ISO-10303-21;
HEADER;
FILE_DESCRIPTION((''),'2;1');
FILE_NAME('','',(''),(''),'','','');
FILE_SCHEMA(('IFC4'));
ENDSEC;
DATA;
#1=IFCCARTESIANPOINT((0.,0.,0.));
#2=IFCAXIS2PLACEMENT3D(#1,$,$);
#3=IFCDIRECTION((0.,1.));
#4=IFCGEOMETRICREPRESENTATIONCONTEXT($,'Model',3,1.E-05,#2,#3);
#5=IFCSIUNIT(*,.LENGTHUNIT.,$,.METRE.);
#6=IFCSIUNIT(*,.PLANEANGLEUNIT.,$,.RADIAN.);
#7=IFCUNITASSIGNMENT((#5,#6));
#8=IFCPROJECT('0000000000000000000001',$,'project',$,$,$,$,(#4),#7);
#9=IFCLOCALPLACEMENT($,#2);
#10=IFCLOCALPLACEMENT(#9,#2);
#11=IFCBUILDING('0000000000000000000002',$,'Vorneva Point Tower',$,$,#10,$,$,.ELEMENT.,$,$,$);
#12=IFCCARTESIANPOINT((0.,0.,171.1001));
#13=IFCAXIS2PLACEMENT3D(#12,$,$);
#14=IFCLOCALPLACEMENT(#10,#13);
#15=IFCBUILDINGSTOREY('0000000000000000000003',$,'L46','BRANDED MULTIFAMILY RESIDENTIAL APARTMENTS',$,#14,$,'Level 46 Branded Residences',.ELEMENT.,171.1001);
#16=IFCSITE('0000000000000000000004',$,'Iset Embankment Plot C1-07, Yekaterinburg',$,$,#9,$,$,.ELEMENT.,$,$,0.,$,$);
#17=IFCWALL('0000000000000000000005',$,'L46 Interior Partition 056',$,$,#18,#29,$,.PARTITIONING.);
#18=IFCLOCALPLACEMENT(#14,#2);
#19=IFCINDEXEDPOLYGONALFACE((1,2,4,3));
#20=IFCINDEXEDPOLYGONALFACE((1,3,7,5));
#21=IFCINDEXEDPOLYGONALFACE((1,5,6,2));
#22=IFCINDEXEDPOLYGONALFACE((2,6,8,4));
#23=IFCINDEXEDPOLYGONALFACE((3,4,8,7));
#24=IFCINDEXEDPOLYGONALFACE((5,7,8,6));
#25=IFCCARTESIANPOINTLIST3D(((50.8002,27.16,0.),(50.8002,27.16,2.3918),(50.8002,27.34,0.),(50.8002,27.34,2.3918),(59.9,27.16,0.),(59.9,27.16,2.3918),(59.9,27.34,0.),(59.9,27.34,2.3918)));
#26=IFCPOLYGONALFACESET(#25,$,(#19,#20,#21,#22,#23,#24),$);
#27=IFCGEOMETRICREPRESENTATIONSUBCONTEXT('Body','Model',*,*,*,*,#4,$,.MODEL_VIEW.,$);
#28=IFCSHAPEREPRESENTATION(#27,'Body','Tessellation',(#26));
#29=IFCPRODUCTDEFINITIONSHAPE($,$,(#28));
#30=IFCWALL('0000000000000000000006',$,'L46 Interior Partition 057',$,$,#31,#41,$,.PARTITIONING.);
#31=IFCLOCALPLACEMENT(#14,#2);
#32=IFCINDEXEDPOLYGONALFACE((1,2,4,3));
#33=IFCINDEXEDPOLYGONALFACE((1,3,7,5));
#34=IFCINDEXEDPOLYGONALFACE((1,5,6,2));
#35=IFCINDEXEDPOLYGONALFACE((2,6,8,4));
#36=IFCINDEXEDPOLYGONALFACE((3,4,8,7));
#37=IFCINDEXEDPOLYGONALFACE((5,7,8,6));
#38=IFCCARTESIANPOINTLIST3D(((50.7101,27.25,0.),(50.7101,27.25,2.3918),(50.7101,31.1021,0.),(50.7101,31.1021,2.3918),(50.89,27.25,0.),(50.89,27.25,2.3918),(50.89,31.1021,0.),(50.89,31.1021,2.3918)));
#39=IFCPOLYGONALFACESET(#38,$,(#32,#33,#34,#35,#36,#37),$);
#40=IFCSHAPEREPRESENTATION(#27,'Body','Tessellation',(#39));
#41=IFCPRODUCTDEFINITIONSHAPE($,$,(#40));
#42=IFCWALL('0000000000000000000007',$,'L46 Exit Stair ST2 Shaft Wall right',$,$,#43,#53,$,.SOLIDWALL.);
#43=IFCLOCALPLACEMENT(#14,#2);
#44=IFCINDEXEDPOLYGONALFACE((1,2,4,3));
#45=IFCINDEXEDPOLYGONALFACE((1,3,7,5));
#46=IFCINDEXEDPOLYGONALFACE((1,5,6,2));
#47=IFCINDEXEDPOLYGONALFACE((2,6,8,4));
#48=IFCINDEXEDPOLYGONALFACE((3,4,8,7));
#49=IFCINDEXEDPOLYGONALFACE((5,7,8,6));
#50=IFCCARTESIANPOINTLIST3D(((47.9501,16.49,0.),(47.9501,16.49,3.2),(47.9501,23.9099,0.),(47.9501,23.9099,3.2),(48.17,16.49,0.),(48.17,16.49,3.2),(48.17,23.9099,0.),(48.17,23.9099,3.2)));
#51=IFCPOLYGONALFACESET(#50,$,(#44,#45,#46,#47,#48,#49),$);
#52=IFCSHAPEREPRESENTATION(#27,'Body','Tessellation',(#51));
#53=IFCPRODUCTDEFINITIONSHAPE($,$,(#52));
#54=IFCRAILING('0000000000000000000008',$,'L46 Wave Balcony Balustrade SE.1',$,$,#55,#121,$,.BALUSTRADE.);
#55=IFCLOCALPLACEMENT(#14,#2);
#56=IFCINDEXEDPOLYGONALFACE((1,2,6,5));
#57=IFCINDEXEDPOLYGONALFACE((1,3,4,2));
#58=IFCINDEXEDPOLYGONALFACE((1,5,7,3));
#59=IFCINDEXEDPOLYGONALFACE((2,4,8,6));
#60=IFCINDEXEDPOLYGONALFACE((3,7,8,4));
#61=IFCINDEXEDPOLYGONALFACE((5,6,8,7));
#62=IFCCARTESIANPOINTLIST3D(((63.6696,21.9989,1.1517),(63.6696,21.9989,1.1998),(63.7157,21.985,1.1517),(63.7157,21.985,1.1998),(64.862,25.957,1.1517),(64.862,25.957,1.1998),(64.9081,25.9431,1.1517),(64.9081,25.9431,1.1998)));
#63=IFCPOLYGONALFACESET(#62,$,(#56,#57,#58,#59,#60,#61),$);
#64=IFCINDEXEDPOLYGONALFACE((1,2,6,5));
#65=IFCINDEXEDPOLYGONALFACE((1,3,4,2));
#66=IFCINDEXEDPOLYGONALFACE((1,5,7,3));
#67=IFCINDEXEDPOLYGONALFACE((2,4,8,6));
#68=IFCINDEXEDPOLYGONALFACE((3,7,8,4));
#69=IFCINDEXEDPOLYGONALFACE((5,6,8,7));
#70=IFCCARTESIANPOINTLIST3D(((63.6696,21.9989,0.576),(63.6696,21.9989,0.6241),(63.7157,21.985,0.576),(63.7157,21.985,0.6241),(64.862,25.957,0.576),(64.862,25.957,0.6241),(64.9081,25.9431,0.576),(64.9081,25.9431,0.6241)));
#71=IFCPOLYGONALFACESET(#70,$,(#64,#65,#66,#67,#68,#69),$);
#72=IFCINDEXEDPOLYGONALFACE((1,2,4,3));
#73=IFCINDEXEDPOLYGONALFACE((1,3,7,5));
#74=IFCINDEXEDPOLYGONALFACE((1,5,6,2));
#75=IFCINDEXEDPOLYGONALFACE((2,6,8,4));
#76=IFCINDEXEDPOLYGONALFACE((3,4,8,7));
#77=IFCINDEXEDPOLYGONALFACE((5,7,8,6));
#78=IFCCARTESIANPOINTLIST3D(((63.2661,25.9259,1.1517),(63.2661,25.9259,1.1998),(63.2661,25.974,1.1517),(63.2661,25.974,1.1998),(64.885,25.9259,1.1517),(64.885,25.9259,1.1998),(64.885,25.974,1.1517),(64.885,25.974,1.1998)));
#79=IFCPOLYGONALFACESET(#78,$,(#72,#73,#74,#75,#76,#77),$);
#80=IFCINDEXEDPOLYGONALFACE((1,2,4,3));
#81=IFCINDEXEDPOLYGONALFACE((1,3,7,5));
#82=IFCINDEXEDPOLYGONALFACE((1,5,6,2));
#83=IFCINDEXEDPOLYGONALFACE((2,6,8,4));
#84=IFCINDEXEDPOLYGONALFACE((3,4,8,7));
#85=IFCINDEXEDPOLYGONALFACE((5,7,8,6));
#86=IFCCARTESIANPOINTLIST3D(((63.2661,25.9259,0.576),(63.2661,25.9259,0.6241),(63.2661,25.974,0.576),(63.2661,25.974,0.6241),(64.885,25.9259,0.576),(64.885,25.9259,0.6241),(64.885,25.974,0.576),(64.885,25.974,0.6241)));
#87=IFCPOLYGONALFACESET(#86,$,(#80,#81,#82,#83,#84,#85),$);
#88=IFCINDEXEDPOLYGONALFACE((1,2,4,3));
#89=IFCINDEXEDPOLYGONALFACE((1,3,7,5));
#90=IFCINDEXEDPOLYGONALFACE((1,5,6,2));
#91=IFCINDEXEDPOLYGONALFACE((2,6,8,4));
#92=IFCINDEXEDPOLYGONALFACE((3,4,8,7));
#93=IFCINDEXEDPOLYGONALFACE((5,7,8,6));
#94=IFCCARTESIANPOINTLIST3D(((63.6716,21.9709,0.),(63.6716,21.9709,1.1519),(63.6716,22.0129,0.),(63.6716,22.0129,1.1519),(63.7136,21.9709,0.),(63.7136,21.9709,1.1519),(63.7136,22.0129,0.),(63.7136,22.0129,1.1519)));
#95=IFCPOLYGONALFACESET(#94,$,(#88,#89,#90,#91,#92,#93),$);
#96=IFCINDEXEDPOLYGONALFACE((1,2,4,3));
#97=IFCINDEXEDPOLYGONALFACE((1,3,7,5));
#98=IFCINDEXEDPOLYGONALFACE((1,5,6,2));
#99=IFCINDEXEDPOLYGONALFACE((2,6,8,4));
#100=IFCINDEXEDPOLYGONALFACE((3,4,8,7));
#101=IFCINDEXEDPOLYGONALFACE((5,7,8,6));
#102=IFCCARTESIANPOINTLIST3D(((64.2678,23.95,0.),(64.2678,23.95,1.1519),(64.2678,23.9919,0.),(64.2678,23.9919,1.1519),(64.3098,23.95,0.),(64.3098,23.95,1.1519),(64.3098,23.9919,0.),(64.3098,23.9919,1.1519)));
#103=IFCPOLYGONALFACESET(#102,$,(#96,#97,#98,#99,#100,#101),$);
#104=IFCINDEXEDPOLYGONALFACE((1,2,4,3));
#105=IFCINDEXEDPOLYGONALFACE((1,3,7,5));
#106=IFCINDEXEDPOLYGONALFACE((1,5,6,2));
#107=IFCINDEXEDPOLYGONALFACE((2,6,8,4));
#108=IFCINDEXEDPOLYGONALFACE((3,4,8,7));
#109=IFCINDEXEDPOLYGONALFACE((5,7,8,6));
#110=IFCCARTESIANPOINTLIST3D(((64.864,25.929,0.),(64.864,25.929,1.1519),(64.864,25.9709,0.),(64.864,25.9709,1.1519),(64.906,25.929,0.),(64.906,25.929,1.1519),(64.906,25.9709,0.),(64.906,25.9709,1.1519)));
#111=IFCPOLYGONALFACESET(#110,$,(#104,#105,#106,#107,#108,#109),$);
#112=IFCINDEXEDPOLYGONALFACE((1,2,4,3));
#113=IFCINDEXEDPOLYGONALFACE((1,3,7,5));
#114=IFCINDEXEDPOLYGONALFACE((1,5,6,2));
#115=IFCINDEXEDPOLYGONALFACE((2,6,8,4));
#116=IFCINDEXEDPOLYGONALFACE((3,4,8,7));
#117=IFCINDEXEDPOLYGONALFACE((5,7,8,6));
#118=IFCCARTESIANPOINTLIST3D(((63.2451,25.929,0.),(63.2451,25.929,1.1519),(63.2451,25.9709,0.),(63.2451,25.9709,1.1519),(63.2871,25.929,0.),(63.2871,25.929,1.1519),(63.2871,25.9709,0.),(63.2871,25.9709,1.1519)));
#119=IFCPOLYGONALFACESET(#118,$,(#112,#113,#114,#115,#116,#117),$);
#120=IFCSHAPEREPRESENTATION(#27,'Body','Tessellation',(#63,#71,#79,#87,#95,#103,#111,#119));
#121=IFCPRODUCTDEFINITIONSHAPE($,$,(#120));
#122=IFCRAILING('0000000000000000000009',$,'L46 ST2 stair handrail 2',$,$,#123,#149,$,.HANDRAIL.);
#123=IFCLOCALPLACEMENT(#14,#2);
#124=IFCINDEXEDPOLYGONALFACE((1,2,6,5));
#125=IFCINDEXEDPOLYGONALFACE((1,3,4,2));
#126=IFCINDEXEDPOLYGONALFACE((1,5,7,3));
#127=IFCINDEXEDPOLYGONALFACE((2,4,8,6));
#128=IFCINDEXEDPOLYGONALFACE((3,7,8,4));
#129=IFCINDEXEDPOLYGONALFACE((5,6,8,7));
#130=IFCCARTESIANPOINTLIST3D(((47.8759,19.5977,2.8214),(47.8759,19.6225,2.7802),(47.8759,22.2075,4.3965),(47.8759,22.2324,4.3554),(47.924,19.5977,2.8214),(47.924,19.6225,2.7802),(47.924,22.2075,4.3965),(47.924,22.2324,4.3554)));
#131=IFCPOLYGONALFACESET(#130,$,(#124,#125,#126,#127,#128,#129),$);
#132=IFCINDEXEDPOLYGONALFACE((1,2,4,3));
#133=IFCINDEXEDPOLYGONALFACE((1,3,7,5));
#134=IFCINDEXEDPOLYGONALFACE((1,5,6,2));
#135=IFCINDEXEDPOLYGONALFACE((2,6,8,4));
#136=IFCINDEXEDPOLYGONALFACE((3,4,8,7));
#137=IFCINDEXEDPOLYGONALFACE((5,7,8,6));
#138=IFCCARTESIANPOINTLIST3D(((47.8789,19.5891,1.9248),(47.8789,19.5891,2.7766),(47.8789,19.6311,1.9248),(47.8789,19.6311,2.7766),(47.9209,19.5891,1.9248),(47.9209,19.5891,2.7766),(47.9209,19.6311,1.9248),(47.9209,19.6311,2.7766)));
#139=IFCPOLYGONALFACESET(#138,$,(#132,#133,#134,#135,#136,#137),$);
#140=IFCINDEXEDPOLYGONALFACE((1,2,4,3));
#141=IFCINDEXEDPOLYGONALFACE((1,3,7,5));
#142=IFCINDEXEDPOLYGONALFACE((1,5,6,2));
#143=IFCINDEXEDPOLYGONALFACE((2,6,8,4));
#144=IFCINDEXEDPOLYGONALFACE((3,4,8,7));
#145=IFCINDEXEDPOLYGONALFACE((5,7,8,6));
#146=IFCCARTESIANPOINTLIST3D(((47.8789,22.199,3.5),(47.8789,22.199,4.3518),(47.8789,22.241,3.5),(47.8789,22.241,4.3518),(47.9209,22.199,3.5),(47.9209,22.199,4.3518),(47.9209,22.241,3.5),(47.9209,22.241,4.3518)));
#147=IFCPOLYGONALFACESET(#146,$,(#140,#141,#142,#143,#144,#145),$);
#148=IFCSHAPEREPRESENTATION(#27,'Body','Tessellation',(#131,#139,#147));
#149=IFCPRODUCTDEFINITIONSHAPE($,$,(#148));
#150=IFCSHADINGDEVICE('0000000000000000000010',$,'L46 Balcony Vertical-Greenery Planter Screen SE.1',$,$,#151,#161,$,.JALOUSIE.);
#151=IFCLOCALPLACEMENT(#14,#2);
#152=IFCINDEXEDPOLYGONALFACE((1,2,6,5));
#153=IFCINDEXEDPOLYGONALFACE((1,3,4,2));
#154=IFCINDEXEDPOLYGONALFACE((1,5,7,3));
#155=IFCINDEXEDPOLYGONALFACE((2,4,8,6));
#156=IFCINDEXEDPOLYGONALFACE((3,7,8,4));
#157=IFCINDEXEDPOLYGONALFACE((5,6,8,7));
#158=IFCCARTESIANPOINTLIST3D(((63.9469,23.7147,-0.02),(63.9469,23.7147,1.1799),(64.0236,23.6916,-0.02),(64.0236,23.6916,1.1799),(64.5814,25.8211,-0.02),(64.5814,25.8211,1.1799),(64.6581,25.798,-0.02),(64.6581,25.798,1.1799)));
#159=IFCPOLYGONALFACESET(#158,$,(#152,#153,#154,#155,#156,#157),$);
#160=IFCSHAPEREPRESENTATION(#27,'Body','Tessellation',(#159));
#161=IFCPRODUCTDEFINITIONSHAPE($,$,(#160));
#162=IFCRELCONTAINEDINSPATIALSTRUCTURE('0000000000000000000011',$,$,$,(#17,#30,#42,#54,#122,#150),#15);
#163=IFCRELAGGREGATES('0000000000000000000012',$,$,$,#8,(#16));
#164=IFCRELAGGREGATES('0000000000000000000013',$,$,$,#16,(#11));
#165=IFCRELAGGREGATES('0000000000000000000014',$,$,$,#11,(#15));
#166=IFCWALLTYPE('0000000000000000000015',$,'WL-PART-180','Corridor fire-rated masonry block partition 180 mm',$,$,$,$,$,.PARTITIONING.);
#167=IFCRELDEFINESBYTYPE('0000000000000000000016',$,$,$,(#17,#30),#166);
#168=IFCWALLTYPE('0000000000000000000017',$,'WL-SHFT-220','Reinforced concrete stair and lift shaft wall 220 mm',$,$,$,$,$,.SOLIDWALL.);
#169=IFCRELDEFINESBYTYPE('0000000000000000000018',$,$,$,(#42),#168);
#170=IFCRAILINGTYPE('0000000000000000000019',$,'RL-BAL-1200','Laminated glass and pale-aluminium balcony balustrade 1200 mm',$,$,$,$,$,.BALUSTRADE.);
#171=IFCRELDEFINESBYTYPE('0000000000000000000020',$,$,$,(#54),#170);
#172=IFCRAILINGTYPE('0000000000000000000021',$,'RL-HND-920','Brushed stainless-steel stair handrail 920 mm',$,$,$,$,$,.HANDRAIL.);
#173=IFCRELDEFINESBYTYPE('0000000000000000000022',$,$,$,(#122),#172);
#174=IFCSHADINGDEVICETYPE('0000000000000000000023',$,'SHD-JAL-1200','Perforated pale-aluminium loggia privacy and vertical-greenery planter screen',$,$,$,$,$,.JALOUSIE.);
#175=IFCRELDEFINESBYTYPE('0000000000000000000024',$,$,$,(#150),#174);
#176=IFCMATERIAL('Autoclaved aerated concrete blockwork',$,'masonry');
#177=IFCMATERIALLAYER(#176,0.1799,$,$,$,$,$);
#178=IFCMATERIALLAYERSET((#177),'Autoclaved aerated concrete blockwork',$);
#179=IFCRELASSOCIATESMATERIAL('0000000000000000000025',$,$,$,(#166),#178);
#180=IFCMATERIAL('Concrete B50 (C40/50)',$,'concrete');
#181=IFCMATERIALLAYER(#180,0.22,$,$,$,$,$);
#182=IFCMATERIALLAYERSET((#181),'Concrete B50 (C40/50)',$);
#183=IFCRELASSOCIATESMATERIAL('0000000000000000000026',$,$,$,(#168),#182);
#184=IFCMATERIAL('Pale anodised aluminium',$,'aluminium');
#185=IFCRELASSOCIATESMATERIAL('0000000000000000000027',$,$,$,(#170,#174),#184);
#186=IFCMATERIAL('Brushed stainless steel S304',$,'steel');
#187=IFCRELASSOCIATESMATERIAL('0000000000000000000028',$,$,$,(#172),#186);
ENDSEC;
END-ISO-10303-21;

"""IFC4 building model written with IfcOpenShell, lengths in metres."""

from ifc_helpers import new_model, si_unit, direction, frame, frame_2d, origin, origin_2d, place, context, subcontext, project, spatial, rectangle, extrude, material, layer, layer_set, type_object, element, save


model = new_model("IFC4")

# Units and contexts
model_context = context("Model", 3, precision=1e-05, world=origin(), true_north=direction((0.0, 1.0)))
body_context = subcontext(model_context, "Body", "Model", "MODEL_VIEW")
ifc_project = project(units=[si_unit("LENGTHUNIT", "METRE"), si_unit("PLANEANGLEUNIT", "RADIAN")], contexts=[model_context])

# Site, building, storey
site_placement = place(None, origin())
site = spatial("IfcSite", under=ifc_project, at=site_placement, Name="Iset Embankment Plot C1-07, Yekaterinburg", CompositionType="ELEMENT", RefElevation=0.0)
building_placement = place(site_placement, origin())
building = spatial("IfcBuilding", under=site, at=building_placement, Name="Vorneva Point Tower", CompositionType="ELEMENT")
storey_placement = place(building_placement, frame((0.0, 0.0, 171.1001)))
storey = spatial("IfcBuildingStorey", under=building, at=storey_placement, Name="L46", Description="BRANDED MULTIFAMILY RESIDENTIAL APARTMENTS", LongName="Level 46 Branded Residences", CompositionType="ELEMENT", Elevation=171.1001)

# Shared definitions
ifc_material_1 = material(Name="Pale anodised aluminium", Category="aluminium")

# Shared definitions
ifc_material_2 = material(Name="Autoclaved aerated concrete blockwork", Category="masonry")
ifc_layer_1 = layer(ifc_material_2, 0.1799)
ifc_layer_set_1 = layer_set([ifc_layer_1], Name="Autoclaved aerated concrete blockwork")
wall_type_1 = type_object("IfcWallType", Name="WL-PART-180", Description="Corridor fire-rated masonry block partition 180 mm", PredefinedType="PARTITIONING", material=ifc_layer_set_1)

# Walls
wall_1_placement = place(storey_placement, frame((59.8999, 27.25, 0.0), z_axis=(0.0, 0.0, 1.0), x_axis=(-1.0, 0.0, 0.0)))
element("IfcWall", 1, at=wall_1_placement, inside=storey, type_object=wall_type_1, Name="L46 Interior Partition 056", PredefinedType="PARTITIONING", context=body_context, shape_type="SweptSolid", body=[
    extrude(rectangle(XDim=9.0999, YDim=0.1799, at=frame_2d((4.5498, 0.0))), origin(), (0.0, 0.0, 1.0), 2.3918),
])
wall_2_placement = place(storey_placement, frame((50.8, 27.25, 0.0), z_axis=(0.0, 0.0, 1.0), x_axis=(0.0, 1.0, 0.0)))
element("IfcWall", 2, at=wall_2_placement, inside=storey, type_object=wall_type_1, Name="L46 Interior Partition 057", PredefinedType="PARTITIONING", context=body_context, shape_type="SweptSolid", body=[
    extrude(rectangle(XDim=3.8521, YDim=0.1799, at=frame_2d((1.926, 0.0))), origin(), (0.0, 0.0, 1.0), 2.3918),
])
ifc_material_3 = material(Name="Concrete B50 (C40/50)", Category="concrete")
ifc_layer_2 = layer(ifc_material_3, 0.22)
ifc_layer_set_2 = layer_set([ifc_layer_2], Name="Concrete B50 (C40/50)")
wall_type_2 = type_object("IfcWallType", Name="WL-SHFT-220", Description="Reinforced concrete stair and lift shaft wall 220 mm", PredefinedType="SOLIDWALL", material=ifc_layer_set_2)
wall_3_placement = place(storey_placement, frame((48.0601, 23.9099, 0.0), z_axis=(0.0, 0.0, 1.0), x_axis=(0.0, -1.0, 0.0)))
element("IfcWall", 3, at=wall_3_placement, inside=storey, type_object=wall_type_2, Name="L46 Exit Stair ST2 Shaft Wall right", PredefinedType="SOLIDWALL", context=body_context, shape_type="SweptSolid", body=[
    extrude(rectangle(XDim=7.4199, YDim=0.22, at=frame_2d((3.71, 0.0))), origin(), (0.0, 0.0, 1.0), 3.2),
])

# Railings
railing_type_1 = type_object("IfcRailingType", Name="RL-BAL-1200", Description="Laminated glass and pale-aluminium balcony balustrade 1200 mm", PredefinedType="BALUSTRADE", material=ifc_material_1)
railing_1_placement = place(storey_placement, frame((63.6926, 21.9919, 0.0)))
element("IfcRailing", 4, at=railing_1_placement, inside=storey, type_object=railing_type_1, Name="L46 Wave Balcony Balustrade SE.1", PredefinedType="BALUSTRADE", context=body_context, shape_type="SweptSolid", body=[
    extrude(rectangle(XDim=0.0481, YDim=0.0481, at=origin_2d()), frame((0.0, 0.0, 1.1758), z_axis=(0.288453, 0.957494, 0.0), x_axis=(-0.957494, 0.288453, 0.0)), (0.0, 0.0, 1.0), 4.1338),
    extrude(rectangle(XDim=0.0481, YDim=0.0481, at=origin_2d()), frame((0.0, 0.0, 0.6001), z_axis=(0.288453, 0.957494, 0.0), x_axis=(-0.957494, 0.288453, 0.0)), (0.0, 0.0, 1.0), 4.1338),
    extrude(rectangle(XDim=0.0481, YDim=0.0481, at=origin_2d()), frame((1.1924, 3.958, 1.1758), z_axis=(-1.0, 0.0, 0.0), x_axis=(0.0, -1.0, 0.0)), (0.0, 0.0, 1.0), 1.6189),
    extrude(rectangle(XDim=0.0481, YDim=0.0481, at=origin_2d()), frame((1.1924, 3.958, 0.6001), z_axis=(-1.0, 0.0, 0.0), x_axis=(0.0, -1.0, 0.0)), (0.0, 0.0, 1.0), 1.6189),
    extrude(rectangle(XDim=0.042, YDim=0.042, at=origin_2d()), origin(), (0.0, 0.0, 1.0), 1.1519),
    extrude(rectangle(XDim=0.042, YDim=0.042, at=origin_2d()), frame((0.5962, 1.979, 0.0)), (0.0, 0.0, 1.0), 1.1519),
    extrude(rectangle(XDim=0.042, YDim=0.042, at=origin_2d()), frame((1.1924, 3.958, 0.0)), (0.0, 0.0, 1.0), 1.1519),
    extrude(rectangle(XDim=0.042, YDim=0.042, at=origin_2d()), frame((-0.4265, 3.958, 0.0)), (0.0, 0.0, 1.0), 1.1519),
])
ifc_material_4 = material(Name="Brushed stainless steel S304", Category="steel")
railing_type_2 = type_object("IfcRailingType", Name="RL-HND-920", Description="Brushed stainless-steel stair handrail 920 mm", PredefinedType="HANDRAIL", material=ifc_material_4)
railing_2_placement = place(storey_placement, frame((47.8999, 19.6101, 1.9248)))
element("IfcRailing", 5, at=railing_2_placement, inside=storey, type_object=railing_type_2, Name="L46 ST2 stair handrail 2", PredefinedType="HANDRAIL", context=body_context, shape_type="SweptSolid", body=[
    extrude(rectangle(XDim=0.0481, YDim=0.0481, at=origin_2d()), frame((0.0, 0.0, 0.876), z_axis=(0.0, 0.856147, 0.516732), x_axis=(-1.0, 0.0, 0.0)), (0.0, 0.0, 1.0), 3.0483),
    extrude(rectangle(XDim=0.042, YDim=0.042, at=origin_2d()), origin(), (0.0, 0.0, 1.0), 0.8518),
    extrude(rectangle(XDim=0.042, YDim=0.042, at=origin_2d()), frame((0.0, 2.6099, 1.5752)), (0.0, 0.0, 1.0), 0.8518),
])

# Shading device
shading_device_type = type_object("IfcShadingDeviceType", Name="SHD-JAL-1200", Description="Perforated pale-aluminium loggia privacy and vertical-greenery planter screen", PredefinedType="JALOUSIE", material=ifc_material_1)
shading_device_placement = place(storey_placement, frame((64.3025, 24.7563, -0.02), z_axis=(0.0, 0.0, 1.0), x_axis=(0.28843, 0.957501, 0.0)))
element("IfcShadingDevice", 6, at=shading_device_placement, inside=storey, type_object=shading_device_type, Name="L46 Balcony Vertical-Greenery Planter Screen SE.1", PredefinedType="JALOUSIE", context=body_context, shape_type="SweptSolid", body=[
    extrude(rectangle(XDim=2.2, YDim=0.0801, at=origin_2d()), origin(), (0.0, 0.0, 1.0), 1.2),
])

save(model, "model.ifc")
